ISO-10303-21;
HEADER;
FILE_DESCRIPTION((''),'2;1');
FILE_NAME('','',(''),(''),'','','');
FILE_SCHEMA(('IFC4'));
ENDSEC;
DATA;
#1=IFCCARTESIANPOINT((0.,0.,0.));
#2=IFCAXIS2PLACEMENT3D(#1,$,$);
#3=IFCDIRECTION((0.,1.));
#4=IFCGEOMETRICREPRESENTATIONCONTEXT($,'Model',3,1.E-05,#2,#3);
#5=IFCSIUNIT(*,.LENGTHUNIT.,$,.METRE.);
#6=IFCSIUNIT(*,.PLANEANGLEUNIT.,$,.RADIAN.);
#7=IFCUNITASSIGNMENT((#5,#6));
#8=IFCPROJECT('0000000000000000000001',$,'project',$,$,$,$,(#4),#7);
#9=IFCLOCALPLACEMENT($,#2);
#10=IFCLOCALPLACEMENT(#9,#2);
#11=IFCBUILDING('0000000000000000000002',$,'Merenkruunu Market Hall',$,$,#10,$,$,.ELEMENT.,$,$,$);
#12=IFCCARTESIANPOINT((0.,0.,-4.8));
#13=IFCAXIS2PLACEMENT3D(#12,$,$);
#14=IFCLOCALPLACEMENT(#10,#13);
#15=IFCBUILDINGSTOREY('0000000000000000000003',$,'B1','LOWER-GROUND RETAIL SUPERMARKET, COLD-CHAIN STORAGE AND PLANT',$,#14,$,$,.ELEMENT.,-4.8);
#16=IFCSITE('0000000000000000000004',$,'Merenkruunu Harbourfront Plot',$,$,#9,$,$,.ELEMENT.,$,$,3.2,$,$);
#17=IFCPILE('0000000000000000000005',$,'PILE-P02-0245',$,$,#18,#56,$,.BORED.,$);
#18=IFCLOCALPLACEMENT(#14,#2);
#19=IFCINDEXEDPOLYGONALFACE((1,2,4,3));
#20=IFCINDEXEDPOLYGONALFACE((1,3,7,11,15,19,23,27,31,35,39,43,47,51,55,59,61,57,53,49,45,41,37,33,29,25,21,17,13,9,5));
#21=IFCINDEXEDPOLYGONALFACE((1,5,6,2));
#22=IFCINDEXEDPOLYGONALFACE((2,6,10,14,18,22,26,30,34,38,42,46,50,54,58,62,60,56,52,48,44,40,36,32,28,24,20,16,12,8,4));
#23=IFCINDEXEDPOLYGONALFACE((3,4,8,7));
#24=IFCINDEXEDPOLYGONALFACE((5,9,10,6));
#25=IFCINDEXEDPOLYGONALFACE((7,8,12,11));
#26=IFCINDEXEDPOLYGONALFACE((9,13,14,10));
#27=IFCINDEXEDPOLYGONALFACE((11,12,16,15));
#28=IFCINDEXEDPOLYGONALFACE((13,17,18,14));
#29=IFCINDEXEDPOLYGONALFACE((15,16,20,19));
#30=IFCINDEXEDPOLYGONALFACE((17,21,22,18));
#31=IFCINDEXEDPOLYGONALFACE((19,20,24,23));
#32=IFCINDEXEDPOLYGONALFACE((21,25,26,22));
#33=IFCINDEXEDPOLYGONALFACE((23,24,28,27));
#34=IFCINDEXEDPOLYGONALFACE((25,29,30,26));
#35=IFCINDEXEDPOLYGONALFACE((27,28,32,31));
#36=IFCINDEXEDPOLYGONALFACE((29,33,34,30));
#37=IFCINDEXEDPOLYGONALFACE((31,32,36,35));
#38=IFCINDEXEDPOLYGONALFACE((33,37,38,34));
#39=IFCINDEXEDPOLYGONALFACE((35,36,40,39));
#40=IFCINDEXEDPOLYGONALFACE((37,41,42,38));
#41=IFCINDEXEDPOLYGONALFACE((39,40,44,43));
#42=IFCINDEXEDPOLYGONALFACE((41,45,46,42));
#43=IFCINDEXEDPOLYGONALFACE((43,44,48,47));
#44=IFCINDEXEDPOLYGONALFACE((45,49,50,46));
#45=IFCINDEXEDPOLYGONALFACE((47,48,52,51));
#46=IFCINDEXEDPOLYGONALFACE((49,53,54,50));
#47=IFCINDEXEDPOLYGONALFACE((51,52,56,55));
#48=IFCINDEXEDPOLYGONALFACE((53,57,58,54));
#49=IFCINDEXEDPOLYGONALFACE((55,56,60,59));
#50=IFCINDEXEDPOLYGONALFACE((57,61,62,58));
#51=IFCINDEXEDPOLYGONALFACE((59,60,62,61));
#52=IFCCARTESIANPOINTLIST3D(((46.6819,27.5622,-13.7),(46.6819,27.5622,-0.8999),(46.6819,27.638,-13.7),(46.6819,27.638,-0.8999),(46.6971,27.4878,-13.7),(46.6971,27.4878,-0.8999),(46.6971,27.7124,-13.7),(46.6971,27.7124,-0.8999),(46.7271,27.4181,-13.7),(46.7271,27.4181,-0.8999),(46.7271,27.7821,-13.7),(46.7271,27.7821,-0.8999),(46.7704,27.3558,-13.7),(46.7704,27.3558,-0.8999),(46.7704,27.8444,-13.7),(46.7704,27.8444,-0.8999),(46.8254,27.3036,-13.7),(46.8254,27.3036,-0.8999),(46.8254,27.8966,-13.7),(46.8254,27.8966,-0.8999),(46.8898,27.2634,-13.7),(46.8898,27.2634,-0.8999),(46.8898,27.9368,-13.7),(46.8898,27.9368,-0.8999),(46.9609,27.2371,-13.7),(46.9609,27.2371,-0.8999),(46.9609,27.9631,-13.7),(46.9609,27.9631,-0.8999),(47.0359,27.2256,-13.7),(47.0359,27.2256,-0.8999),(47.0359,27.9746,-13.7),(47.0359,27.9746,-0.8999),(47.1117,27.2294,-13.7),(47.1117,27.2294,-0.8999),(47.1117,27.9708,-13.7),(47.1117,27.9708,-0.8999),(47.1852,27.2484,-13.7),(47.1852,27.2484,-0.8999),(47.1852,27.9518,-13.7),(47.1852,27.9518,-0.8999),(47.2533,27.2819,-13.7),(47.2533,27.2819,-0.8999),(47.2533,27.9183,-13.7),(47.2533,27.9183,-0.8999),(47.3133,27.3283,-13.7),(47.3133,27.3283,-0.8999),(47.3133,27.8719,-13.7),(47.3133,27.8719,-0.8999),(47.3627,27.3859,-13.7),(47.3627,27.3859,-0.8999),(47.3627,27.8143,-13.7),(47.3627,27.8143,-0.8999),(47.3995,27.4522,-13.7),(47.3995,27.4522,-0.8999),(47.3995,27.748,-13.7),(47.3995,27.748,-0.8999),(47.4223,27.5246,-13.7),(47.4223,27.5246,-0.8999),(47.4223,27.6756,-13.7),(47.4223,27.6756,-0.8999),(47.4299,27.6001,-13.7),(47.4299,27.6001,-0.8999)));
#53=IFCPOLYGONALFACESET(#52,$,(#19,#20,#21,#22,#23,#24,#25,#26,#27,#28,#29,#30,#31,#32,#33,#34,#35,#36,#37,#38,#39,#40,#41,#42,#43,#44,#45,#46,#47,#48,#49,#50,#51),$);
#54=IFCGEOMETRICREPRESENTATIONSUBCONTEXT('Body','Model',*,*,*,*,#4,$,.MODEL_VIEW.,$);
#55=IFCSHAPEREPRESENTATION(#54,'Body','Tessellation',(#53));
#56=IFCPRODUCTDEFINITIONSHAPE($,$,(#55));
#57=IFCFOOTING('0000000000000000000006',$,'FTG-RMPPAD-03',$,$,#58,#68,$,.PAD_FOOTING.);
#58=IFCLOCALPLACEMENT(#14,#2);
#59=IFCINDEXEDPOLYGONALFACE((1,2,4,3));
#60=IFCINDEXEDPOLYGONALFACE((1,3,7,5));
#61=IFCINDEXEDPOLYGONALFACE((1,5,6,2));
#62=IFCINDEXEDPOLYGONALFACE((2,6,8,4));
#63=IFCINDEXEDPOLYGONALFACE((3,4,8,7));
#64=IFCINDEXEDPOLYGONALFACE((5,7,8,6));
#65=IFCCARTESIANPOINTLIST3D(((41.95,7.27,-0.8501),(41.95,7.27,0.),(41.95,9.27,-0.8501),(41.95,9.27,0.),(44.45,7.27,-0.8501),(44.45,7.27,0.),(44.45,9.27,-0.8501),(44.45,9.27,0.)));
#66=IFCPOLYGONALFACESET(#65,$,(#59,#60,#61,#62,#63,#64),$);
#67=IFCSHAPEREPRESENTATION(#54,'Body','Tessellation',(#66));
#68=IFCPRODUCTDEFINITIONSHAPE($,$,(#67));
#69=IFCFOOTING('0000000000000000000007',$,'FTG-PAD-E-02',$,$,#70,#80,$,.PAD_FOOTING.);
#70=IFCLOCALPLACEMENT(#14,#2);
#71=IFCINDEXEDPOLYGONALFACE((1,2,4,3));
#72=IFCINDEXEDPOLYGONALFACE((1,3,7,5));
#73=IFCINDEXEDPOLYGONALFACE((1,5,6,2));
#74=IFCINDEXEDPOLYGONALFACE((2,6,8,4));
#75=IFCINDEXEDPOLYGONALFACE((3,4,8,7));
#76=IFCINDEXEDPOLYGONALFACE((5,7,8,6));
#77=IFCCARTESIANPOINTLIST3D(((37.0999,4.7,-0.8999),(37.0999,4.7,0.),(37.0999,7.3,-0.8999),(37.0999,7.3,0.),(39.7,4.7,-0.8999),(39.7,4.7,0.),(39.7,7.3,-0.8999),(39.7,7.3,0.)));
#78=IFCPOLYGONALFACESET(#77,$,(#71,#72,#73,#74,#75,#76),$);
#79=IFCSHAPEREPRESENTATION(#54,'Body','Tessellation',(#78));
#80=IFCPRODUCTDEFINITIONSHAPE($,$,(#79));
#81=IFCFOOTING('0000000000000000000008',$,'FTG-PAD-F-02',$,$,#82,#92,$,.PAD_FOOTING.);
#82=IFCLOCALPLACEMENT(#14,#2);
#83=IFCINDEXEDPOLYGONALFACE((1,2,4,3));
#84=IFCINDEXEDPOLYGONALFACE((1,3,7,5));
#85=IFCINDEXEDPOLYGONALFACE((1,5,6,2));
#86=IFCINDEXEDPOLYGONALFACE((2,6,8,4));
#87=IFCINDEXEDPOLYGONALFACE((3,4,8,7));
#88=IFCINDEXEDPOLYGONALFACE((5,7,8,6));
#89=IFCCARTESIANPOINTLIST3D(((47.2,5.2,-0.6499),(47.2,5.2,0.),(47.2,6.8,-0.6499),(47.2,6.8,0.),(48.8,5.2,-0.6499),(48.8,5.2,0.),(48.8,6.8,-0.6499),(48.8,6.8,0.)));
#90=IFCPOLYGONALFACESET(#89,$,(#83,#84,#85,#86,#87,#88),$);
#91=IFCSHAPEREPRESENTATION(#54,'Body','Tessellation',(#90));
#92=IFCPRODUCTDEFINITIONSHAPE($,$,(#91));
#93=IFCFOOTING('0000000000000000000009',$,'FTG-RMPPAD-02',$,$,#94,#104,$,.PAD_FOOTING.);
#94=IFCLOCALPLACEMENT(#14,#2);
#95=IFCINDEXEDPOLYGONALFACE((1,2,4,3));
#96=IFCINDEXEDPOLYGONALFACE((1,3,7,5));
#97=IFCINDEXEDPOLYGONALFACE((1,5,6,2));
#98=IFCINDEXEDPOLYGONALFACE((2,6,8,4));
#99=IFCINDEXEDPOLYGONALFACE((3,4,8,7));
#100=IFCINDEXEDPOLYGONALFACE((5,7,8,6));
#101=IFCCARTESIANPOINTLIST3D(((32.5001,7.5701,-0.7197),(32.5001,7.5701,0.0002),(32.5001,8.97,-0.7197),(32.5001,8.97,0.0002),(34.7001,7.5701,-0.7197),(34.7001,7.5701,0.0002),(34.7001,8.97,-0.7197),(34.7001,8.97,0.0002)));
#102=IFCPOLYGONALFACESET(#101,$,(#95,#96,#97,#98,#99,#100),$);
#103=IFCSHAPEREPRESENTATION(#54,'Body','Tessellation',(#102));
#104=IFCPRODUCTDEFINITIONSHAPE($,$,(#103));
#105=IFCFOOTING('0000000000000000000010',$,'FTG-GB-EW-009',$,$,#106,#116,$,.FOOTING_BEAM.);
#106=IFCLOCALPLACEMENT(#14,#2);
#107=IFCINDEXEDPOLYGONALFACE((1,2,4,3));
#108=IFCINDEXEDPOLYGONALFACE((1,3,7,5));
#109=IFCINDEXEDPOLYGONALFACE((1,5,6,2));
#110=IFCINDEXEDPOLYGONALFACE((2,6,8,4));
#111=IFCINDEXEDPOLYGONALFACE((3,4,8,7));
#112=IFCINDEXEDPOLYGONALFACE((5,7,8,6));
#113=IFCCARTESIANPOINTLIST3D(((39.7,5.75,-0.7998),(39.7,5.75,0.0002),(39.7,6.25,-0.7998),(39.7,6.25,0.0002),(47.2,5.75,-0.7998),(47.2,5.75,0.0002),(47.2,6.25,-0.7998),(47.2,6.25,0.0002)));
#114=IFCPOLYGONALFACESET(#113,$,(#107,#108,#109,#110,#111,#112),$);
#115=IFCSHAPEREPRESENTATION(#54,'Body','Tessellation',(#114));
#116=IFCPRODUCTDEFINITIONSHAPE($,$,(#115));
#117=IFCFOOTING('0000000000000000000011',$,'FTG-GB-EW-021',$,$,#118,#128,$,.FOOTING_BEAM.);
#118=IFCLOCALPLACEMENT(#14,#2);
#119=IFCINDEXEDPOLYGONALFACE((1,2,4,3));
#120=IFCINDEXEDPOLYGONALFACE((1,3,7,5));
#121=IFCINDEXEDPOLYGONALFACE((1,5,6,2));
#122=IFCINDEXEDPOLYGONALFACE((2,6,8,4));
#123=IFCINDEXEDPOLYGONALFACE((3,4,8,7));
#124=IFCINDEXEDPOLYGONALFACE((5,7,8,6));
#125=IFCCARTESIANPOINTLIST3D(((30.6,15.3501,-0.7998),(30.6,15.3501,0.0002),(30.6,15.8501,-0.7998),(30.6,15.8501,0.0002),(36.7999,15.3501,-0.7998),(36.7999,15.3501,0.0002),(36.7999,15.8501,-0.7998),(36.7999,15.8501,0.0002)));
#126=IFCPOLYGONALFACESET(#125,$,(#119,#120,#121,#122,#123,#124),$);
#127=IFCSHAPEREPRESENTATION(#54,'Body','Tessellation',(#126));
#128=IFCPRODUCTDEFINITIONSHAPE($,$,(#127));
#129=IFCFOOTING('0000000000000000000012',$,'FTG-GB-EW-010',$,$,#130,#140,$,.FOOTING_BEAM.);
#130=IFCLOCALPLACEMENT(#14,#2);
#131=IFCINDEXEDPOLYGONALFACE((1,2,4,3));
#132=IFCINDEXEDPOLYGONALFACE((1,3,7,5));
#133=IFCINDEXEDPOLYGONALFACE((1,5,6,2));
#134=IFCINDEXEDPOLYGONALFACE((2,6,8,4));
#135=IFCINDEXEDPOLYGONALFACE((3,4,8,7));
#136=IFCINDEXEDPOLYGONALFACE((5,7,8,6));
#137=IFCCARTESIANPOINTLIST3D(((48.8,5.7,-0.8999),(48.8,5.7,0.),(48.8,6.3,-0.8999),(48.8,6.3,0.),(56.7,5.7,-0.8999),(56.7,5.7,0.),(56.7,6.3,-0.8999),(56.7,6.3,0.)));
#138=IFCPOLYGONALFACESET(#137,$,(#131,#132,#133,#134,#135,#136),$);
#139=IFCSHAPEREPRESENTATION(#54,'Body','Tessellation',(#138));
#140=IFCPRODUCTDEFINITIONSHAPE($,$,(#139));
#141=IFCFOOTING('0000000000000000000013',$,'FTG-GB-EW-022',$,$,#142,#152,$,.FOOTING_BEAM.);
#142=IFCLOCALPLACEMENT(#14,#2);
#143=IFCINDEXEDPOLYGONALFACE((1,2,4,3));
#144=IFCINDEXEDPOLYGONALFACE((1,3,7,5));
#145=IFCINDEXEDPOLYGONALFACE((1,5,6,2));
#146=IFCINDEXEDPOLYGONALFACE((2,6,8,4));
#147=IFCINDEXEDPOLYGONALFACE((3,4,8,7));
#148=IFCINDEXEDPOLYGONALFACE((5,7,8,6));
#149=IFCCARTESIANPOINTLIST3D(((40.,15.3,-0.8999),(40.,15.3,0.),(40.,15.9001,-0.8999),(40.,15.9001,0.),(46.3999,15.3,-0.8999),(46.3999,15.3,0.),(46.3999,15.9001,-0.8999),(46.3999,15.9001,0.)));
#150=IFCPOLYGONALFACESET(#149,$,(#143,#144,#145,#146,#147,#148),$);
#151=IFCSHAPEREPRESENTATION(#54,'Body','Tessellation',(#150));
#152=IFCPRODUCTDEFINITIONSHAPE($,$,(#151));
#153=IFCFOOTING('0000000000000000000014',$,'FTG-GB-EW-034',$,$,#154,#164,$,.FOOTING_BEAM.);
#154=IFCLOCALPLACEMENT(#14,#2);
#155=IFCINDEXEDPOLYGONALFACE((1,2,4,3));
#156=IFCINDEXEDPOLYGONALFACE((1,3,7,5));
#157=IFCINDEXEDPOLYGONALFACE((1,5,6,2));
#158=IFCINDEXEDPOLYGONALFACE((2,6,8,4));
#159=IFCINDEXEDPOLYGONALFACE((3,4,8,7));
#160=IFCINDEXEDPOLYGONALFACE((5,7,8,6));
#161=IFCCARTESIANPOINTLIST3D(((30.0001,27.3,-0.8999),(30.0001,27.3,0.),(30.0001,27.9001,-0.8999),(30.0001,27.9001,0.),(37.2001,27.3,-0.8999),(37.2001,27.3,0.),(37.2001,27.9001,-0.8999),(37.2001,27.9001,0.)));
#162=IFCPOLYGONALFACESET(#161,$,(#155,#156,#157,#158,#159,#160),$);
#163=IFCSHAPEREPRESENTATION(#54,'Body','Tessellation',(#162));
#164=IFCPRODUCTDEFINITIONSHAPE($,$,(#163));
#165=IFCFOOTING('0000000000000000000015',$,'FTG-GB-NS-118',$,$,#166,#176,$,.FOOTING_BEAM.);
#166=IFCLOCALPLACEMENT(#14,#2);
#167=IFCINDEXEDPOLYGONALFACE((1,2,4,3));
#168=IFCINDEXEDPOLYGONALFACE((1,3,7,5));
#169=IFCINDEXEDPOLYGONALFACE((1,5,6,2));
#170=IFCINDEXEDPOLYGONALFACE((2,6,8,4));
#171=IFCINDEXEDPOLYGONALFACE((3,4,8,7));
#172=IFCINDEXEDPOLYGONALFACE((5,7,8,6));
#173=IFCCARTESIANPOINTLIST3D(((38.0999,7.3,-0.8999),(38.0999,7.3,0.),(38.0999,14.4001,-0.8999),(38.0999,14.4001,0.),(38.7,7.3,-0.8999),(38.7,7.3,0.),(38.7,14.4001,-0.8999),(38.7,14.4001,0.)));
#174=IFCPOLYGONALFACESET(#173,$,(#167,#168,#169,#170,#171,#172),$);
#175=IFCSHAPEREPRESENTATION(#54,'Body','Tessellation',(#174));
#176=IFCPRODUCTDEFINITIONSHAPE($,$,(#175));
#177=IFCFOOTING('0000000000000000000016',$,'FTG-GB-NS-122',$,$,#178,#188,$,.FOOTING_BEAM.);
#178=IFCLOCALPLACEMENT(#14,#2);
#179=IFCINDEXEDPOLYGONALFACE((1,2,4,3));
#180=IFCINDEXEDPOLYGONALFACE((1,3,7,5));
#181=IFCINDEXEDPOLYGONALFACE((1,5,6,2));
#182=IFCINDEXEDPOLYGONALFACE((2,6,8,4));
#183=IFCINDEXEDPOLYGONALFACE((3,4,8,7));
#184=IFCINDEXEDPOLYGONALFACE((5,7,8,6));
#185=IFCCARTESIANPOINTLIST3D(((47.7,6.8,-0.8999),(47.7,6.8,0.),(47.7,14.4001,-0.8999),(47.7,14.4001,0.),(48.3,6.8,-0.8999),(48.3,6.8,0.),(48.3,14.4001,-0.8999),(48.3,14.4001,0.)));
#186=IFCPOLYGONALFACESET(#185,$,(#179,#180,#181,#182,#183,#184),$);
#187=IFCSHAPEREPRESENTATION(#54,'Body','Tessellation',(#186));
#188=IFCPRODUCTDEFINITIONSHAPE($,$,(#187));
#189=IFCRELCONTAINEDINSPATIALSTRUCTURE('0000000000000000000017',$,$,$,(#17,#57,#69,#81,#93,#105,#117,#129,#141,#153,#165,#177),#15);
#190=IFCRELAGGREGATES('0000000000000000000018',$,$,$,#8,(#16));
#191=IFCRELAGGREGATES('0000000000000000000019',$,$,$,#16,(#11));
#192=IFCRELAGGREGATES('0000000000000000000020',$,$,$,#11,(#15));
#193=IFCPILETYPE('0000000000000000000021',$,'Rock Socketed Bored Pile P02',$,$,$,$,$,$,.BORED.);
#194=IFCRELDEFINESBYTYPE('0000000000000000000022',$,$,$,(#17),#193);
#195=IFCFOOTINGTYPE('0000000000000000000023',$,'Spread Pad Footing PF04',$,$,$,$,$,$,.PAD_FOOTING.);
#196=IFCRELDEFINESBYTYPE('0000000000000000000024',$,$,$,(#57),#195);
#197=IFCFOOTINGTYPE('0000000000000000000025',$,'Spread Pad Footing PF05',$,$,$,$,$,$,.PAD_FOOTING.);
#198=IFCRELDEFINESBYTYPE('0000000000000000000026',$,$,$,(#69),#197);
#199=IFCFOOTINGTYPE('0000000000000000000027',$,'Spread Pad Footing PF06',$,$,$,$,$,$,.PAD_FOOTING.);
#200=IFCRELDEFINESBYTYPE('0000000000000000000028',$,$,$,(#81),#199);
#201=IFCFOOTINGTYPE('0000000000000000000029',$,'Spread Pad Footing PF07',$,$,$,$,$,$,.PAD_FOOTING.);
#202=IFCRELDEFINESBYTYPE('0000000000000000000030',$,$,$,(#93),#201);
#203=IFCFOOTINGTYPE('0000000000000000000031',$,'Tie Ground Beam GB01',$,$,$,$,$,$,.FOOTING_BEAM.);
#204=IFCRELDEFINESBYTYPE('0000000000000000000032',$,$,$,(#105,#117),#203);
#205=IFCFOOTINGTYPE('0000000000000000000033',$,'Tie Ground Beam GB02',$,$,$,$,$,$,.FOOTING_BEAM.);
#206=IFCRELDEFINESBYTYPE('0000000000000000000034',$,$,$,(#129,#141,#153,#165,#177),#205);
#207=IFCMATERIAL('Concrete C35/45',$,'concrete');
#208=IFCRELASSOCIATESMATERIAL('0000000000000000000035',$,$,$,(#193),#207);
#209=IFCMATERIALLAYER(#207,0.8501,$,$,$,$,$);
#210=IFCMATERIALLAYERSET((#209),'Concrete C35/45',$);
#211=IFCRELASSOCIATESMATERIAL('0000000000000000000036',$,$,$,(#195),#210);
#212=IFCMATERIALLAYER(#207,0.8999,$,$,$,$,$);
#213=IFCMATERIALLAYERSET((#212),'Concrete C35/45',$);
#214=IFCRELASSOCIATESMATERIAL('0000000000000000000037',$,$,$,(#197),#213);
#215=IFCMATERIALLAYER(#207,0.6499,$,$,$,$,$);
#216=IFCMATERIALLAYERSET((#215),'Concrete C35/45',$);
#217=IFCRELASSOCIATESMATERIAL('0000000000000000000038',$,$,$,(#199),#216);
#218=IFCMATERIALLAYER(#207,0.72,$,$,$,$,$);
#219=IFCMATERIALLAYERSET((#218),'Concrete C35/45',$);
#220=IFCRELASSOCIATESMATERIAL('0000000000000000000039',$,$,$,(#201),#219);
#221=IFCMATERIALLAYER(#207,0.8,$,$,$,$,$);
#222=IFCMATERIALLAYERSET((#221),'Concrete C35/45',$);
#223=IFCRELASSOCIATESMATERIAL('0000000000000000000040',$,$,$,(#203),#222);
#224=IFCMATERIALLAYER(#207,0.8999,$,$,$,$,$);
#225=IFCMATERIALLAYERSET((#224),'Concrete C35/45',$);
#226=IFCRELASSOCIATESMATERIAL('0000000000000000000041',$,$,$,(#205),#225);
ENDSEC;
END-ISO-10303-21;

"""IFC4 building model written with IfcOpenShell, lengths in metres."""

from ifc_helpers import new_model, si_unit, direction, frame, origin, origin_2d, place, context, subcontext, project, spatial, rectangle, circle, extrude, material, layer, layer_set, material_profile, profile_set, type_object, element, save


model = new_model("IFC4")

# Units and contexts
model_context = context("Model", 3, precision=1e-05, world=origin(), true_north=direction((0.0, 1.0)))
body_context = subcontext(model_context, "Body", "Model", "MODEL_VIEW")
ifc_project = project(units=[si_unit("LENGTHUNIT", "METRE"), si_unit("PLANEANGLEUNIT", "RADIAN")], contexts=[model_context])

# Site, building, storey
site_placement = place(None, origin())
site = spatial("IfcSite", under=ifc_project, at=site_placement, Name="Merenkruunu Harbourfront Plot", CompositionType="ELEMENT", RefElevation=3.2)
building_placement = place(site_placement, origin())
building = spatial("IfcBuilding", under=site, at=building_placement, Name="Merenkruunu Market Hall", CompositionType="ELEMENT")
storey_placement = place(building_placement, frame((0.0, 0.0, -4.8)))
storey = spatial("IfcBuildingStorey", under=building, at=storey_placement, Name="B1", Description="LOWER-GROUND RETAIL SUPERMARKET, COLD-CHAIN STORAGE AND PLANT", CompositionType="ELEMENT", Elevation=-4.8)

# Shared definitions
ifc_material = material(Name="Concrete C35/45", Category="concrete")

# Pile
ifc_material_profile_1 = material_profile(ifc_material, circle(Radius=0.375, at=origin_2d()), Name="BORED PILE 750")
ifc_profile_set_1 = profile_set([ifc_material_profile_1], Name="Concrete C35/45")
pile_type_1 = type_object("IfcPileType", Name="Rock Socketed Bored Pile P02", PredefinedType="BORED", material=ifc_profile_set_1)
for number, where, z_axis, x_axis, name in (
    (1, (47.0549, 27.6001, -0.8999), (0.0, 0.0, -1.0), (1.0, 0.0, 0.0), "PILE-P02-0245"),
):
    element("IfcPile", number, at=place(storey_placement, frame(where, z_axis=z_axis, x_axis=x_axis)), inside=storey, type_object=pile_type_1, Name=name, PredefinedType="BORED", context=body_context, shape_type="SweptSolid", body=[
        extrude(circle(Radius=0.375, at=origin_2d()), origin(), (0.0, 0.0, 1.0), 12.8),
    ])

# Footings
ifc_layer_1 = layer(ifc_material, 0.8501)
ifc_layer_set_1 = layer_set([ifc_layer_1], Name="Concrete C35/45")
footing_type_1 = type_object("IfcFootingType", Name="Spread Pad Footing PF04", PredefinedType="PAD_FOOTING", material=ifc_layer_set_1)
footing_1_placement = place(storey_placement, frame((43.2, 8.27, -0.8501), z_axis=(0.0, 0.0, 1.0), x_axis=(1.0, 0.0, 0.0)))
element("IfcFooting", 2, at=footing_1_placement, inside=storey, type_object=footing_type_1, Name="FTG-RMPPAD-03", PredefinedType="PAD_FOOTING", context=body_context, shape_type="SweptSolid", body=[
    extrude(rectangle(XDim=2.5, YDim=2.0, at=origin_2d()), origin(), (0.0, 0.0, 1.0), 0.8501),
])
ifc_layer_2 = layer(ifc_material, 0.8999)
ifc_layer_set_2 = layer_set([ifc_layer_2], Name="Concrete C35/45")
footing_type_2 = type_object("IfcFootingType", Name="Spread Pad Footing PF05", PredefinedType="PAD_FOOTING", material=ifc_layer_set_2)
footing_2_placement = place(storey_placement, frame((38.3999, 6.0, -0.8999), z_axis=(0.0, 0.0, 1.0), x_axis=(1.0, 0.0, 0.0)))
element("IfcFooting", 3, at=footing_2_placement, inside=storey, type_object=footing_type_2, Name="FTG-PAD-E-02", PredefinedType="PAD_FOOTING", context=body_context, shape_type="SweptSolid", body=[
    extrude(rectangle(XDim=2.6001, YDim=2.6001, at=origin_2d()), origin(), (0.0, 0.0, 1.0), 0.8999),
])
ifc_layer_3 = layer(ifc_material, 0.6499)
ifc_layer_set_3 = layer_set([ifc_layer_3], Name="Concrete C35/45")
footing_type_3 = type_object("IfcFootingType", Name="Spread Pad Footing PF06", PredefinedType="PAD_FOOTING", material=ifc_layer_set_3)
footing_3_placement = place(storey_placement, frame((48.0, 6.0, -0.6499), z_axis=(0.0, 0.0, 1.0), x_axis=(1.0, 0.0, 0.0)))
element("IfcFooting", 4, at=footing_3_placement, inside=storey, type_object=footing_type_3, Name="FTG-PAD-F-02", PredefinedType="PAD_FOOTING", context=body_context, shape_type="SweptSolid", body=[
    extrude(rectangle(XDim=1.6001, YDim=1.6001, at=origin_2d()), origin(), (0.0, 0.0, 1.0), 0.6499),
])
ifc_layer_4 = layer(ifc_material, 0.72)
ifc_layer_set_4 = layer_set([ifc_layer_4], Name="Concrete C35/45")
footing_type_4 = type_object("IfcFootingType", Name="Spread Pad Footing PF07", PredefinedType="PAD_FOOTING", material=ifc_layer_set_4)
footing_4_placement = place(storey_placement, frame((33.6001, 8.27, -0.7197), z_axis=(0.0, 0.0, 1.0), x_axis=(1.0, 0.0, 0.0)))
element("IfcFooting", 5, at=footing_4_placement, inside=storey, type_object=footing_type_4, Name="FTG-RMPPAD-02", PredefinedType="PAD_FOOTING", context=body_context, shape_type="SweptSolid", body=[
    extrude(rectangle(XDim=2.2, YDim=1.3999, at=origin_2d()), origin(), (0.0, 0.0, 1.0), 0.72),
])
ifc_layer_5 = layer(ifc_material, 0.8)
ifc_layer_set_5 = layer_set([ifc_layer_5], Name="Concrete C35/45")
footing_type_5 = type_object("IfcFootingType", Name="Tie Ground Beam GB01", PredefinedType="FOOTING_BEAM", material=ifc_layer_set_5)
footing_5_placement = place(storey_placement, frame((43.45, 6.0, -0.7998), z_axis=(0.0, 0.0, 1.0), x_axis=(1.0, 0.0, 0.0)))
element("IfcFooting", 6, at=footing_5_placement, inside=storey, type_object=footing_type_5, Name="FTG-GB-EW-009", PredefinedType="FOOTING_BEAM", context=body_context, shape_type="SweptSolid", body=[
    extrude(rectangle(XDim=7.5, YDim=0.5, at=origin_2d()), origin(), (0.0, 0.0, 1.0), 0.8),
])
footing_6_placement = place(storey_placement, frame((33.7, 15.6001, -0.7998), z_axis=(0.0, 0.0, 1.0), x_axis=(1.0, 0.0, 0.0)))
element("IfcFooting", 7, at=footing_6_placement, inside=storey, type_object=footing_type_5, Name="FTG-GB-EW-021", PredefinedType="FOOTING_BEAM", context=body_context, shape_type="SweptSolid", body=[
    extrude(rectangle(XDim=6.2, YDim=0.5, at=origin_2d()), origin(), (0.0, 0.0, 1.0), 0.8),
])
ifc_layer_6 = layer(ifc_material, 0.8999)
ifc_layer_set_6 = layer_set([ifc_layer_6], Name="Concrete C35/45")
footing_type_6 = type_object("IfcFootingType", Name="Tie Ground Beam GB02", PredefinedType="FOOTING_BEAM", material=ifc_layer_set_6)
footing_7_placement = place(storey_placement, frame((52.75, 6.0, -0.8999), z_axis=(0.0, 0.0, 1.0), x_axis=(1.0, 0.0, 0.0)))
element("IfcFooting", 8, at=footing_7_placement, inside=storey, type_object=footing_type_6, Name="FTG-GB-EW-010", PredefinedType="FOOTING_BEAM", context=body_context, shape_type="SweptSolid", body=[
    extrude(rectangle(XDim=7.8999, YDim=0.6001, at=origin_2d()), origin(), (0.0, 0.0, 1.0), 0.8999),
])
footing_8_placement = place(storey_placement, frame((43.2, 15.6001, -0.8999), z_axis=(0.0, 0.0, 1.0), x_axis=(1.0, 0.0, 0.0)))
element("IfcFooting", 9, at=footing_8_placement, inside=storey, type_object=footing_type_6, Name="FTG-GB-EW-022", PredefinedType="FOOTING_BEAM", context=body_context, shape_type="SweptSolid", body=[
    extrude(rectangle(XDim=6.3999, YDim=0.6001, at=origin_2d()), origin(), (0.0, 0.0, 1.0), 0.8999),
])
footing_9_placement = place(storey_placement, frame((33.6001, 27.6001, -0.8999), z_axis=(0.0, 0.0, 1.0), x_axis=(1.0, 0.0, 0.0)))
element("IfcFooting", 10, at=footing_9_placement, inside=storey, type_object=footing_type_6, Name="FTG-GB-EW-034", PredefinedType="FOOTING_BEAM", context=body_context, shape_type="SweptSolid", body=[
    extrude(rectangle(XDim=7.2, YDim=0.6001, at=origin_2d()), origin(), (0.0, 0.0, 1.0), 0.8999),
])
footing_10_placement = place(storey_placement, frame((38.3999, 10.8501, -0.8999), z_axis=(0.0, 0.0, 1.0), x_axis=(0.0, 1.0, 0.0)))
element("IfcFooting", 11, at=footing_10_placement, inside=storey, type_object=footing_type_6, Name="FTG-GB-NS-118", PredefinedType="FOOTING_BEAM", context=body_context, shape_type="SweptSolid", body=[
    extrude(rectangle(XDim=7.1001, YDim=0.6001, at=origin_2d()), origin(), (0.0, 0.0, 1.0), 0.8999),
])
footing_11_placement = place(storey_placement, frame((48.0, 10.6001, -0.8999), z_axis=(0.0, 0.0, 1.0), x_axis=(0.0, 1.0, 0.0)))
element("IfcFooting", 12, at=footing_11_placement, inside=storey, type_object=footing_type_6, Name="FTG-GB-NS-122", PredefinedType="FOOTING_BEAM", context=body_context, shape_type="SweptSolid", body=[
    extrude(rectangle(XDim=7.6001, YDim=0.6001, at=origin_2d()), origin(), (0.0, 0.0, 1.0), 0.8999),
])

save(model, "model.ifc")
